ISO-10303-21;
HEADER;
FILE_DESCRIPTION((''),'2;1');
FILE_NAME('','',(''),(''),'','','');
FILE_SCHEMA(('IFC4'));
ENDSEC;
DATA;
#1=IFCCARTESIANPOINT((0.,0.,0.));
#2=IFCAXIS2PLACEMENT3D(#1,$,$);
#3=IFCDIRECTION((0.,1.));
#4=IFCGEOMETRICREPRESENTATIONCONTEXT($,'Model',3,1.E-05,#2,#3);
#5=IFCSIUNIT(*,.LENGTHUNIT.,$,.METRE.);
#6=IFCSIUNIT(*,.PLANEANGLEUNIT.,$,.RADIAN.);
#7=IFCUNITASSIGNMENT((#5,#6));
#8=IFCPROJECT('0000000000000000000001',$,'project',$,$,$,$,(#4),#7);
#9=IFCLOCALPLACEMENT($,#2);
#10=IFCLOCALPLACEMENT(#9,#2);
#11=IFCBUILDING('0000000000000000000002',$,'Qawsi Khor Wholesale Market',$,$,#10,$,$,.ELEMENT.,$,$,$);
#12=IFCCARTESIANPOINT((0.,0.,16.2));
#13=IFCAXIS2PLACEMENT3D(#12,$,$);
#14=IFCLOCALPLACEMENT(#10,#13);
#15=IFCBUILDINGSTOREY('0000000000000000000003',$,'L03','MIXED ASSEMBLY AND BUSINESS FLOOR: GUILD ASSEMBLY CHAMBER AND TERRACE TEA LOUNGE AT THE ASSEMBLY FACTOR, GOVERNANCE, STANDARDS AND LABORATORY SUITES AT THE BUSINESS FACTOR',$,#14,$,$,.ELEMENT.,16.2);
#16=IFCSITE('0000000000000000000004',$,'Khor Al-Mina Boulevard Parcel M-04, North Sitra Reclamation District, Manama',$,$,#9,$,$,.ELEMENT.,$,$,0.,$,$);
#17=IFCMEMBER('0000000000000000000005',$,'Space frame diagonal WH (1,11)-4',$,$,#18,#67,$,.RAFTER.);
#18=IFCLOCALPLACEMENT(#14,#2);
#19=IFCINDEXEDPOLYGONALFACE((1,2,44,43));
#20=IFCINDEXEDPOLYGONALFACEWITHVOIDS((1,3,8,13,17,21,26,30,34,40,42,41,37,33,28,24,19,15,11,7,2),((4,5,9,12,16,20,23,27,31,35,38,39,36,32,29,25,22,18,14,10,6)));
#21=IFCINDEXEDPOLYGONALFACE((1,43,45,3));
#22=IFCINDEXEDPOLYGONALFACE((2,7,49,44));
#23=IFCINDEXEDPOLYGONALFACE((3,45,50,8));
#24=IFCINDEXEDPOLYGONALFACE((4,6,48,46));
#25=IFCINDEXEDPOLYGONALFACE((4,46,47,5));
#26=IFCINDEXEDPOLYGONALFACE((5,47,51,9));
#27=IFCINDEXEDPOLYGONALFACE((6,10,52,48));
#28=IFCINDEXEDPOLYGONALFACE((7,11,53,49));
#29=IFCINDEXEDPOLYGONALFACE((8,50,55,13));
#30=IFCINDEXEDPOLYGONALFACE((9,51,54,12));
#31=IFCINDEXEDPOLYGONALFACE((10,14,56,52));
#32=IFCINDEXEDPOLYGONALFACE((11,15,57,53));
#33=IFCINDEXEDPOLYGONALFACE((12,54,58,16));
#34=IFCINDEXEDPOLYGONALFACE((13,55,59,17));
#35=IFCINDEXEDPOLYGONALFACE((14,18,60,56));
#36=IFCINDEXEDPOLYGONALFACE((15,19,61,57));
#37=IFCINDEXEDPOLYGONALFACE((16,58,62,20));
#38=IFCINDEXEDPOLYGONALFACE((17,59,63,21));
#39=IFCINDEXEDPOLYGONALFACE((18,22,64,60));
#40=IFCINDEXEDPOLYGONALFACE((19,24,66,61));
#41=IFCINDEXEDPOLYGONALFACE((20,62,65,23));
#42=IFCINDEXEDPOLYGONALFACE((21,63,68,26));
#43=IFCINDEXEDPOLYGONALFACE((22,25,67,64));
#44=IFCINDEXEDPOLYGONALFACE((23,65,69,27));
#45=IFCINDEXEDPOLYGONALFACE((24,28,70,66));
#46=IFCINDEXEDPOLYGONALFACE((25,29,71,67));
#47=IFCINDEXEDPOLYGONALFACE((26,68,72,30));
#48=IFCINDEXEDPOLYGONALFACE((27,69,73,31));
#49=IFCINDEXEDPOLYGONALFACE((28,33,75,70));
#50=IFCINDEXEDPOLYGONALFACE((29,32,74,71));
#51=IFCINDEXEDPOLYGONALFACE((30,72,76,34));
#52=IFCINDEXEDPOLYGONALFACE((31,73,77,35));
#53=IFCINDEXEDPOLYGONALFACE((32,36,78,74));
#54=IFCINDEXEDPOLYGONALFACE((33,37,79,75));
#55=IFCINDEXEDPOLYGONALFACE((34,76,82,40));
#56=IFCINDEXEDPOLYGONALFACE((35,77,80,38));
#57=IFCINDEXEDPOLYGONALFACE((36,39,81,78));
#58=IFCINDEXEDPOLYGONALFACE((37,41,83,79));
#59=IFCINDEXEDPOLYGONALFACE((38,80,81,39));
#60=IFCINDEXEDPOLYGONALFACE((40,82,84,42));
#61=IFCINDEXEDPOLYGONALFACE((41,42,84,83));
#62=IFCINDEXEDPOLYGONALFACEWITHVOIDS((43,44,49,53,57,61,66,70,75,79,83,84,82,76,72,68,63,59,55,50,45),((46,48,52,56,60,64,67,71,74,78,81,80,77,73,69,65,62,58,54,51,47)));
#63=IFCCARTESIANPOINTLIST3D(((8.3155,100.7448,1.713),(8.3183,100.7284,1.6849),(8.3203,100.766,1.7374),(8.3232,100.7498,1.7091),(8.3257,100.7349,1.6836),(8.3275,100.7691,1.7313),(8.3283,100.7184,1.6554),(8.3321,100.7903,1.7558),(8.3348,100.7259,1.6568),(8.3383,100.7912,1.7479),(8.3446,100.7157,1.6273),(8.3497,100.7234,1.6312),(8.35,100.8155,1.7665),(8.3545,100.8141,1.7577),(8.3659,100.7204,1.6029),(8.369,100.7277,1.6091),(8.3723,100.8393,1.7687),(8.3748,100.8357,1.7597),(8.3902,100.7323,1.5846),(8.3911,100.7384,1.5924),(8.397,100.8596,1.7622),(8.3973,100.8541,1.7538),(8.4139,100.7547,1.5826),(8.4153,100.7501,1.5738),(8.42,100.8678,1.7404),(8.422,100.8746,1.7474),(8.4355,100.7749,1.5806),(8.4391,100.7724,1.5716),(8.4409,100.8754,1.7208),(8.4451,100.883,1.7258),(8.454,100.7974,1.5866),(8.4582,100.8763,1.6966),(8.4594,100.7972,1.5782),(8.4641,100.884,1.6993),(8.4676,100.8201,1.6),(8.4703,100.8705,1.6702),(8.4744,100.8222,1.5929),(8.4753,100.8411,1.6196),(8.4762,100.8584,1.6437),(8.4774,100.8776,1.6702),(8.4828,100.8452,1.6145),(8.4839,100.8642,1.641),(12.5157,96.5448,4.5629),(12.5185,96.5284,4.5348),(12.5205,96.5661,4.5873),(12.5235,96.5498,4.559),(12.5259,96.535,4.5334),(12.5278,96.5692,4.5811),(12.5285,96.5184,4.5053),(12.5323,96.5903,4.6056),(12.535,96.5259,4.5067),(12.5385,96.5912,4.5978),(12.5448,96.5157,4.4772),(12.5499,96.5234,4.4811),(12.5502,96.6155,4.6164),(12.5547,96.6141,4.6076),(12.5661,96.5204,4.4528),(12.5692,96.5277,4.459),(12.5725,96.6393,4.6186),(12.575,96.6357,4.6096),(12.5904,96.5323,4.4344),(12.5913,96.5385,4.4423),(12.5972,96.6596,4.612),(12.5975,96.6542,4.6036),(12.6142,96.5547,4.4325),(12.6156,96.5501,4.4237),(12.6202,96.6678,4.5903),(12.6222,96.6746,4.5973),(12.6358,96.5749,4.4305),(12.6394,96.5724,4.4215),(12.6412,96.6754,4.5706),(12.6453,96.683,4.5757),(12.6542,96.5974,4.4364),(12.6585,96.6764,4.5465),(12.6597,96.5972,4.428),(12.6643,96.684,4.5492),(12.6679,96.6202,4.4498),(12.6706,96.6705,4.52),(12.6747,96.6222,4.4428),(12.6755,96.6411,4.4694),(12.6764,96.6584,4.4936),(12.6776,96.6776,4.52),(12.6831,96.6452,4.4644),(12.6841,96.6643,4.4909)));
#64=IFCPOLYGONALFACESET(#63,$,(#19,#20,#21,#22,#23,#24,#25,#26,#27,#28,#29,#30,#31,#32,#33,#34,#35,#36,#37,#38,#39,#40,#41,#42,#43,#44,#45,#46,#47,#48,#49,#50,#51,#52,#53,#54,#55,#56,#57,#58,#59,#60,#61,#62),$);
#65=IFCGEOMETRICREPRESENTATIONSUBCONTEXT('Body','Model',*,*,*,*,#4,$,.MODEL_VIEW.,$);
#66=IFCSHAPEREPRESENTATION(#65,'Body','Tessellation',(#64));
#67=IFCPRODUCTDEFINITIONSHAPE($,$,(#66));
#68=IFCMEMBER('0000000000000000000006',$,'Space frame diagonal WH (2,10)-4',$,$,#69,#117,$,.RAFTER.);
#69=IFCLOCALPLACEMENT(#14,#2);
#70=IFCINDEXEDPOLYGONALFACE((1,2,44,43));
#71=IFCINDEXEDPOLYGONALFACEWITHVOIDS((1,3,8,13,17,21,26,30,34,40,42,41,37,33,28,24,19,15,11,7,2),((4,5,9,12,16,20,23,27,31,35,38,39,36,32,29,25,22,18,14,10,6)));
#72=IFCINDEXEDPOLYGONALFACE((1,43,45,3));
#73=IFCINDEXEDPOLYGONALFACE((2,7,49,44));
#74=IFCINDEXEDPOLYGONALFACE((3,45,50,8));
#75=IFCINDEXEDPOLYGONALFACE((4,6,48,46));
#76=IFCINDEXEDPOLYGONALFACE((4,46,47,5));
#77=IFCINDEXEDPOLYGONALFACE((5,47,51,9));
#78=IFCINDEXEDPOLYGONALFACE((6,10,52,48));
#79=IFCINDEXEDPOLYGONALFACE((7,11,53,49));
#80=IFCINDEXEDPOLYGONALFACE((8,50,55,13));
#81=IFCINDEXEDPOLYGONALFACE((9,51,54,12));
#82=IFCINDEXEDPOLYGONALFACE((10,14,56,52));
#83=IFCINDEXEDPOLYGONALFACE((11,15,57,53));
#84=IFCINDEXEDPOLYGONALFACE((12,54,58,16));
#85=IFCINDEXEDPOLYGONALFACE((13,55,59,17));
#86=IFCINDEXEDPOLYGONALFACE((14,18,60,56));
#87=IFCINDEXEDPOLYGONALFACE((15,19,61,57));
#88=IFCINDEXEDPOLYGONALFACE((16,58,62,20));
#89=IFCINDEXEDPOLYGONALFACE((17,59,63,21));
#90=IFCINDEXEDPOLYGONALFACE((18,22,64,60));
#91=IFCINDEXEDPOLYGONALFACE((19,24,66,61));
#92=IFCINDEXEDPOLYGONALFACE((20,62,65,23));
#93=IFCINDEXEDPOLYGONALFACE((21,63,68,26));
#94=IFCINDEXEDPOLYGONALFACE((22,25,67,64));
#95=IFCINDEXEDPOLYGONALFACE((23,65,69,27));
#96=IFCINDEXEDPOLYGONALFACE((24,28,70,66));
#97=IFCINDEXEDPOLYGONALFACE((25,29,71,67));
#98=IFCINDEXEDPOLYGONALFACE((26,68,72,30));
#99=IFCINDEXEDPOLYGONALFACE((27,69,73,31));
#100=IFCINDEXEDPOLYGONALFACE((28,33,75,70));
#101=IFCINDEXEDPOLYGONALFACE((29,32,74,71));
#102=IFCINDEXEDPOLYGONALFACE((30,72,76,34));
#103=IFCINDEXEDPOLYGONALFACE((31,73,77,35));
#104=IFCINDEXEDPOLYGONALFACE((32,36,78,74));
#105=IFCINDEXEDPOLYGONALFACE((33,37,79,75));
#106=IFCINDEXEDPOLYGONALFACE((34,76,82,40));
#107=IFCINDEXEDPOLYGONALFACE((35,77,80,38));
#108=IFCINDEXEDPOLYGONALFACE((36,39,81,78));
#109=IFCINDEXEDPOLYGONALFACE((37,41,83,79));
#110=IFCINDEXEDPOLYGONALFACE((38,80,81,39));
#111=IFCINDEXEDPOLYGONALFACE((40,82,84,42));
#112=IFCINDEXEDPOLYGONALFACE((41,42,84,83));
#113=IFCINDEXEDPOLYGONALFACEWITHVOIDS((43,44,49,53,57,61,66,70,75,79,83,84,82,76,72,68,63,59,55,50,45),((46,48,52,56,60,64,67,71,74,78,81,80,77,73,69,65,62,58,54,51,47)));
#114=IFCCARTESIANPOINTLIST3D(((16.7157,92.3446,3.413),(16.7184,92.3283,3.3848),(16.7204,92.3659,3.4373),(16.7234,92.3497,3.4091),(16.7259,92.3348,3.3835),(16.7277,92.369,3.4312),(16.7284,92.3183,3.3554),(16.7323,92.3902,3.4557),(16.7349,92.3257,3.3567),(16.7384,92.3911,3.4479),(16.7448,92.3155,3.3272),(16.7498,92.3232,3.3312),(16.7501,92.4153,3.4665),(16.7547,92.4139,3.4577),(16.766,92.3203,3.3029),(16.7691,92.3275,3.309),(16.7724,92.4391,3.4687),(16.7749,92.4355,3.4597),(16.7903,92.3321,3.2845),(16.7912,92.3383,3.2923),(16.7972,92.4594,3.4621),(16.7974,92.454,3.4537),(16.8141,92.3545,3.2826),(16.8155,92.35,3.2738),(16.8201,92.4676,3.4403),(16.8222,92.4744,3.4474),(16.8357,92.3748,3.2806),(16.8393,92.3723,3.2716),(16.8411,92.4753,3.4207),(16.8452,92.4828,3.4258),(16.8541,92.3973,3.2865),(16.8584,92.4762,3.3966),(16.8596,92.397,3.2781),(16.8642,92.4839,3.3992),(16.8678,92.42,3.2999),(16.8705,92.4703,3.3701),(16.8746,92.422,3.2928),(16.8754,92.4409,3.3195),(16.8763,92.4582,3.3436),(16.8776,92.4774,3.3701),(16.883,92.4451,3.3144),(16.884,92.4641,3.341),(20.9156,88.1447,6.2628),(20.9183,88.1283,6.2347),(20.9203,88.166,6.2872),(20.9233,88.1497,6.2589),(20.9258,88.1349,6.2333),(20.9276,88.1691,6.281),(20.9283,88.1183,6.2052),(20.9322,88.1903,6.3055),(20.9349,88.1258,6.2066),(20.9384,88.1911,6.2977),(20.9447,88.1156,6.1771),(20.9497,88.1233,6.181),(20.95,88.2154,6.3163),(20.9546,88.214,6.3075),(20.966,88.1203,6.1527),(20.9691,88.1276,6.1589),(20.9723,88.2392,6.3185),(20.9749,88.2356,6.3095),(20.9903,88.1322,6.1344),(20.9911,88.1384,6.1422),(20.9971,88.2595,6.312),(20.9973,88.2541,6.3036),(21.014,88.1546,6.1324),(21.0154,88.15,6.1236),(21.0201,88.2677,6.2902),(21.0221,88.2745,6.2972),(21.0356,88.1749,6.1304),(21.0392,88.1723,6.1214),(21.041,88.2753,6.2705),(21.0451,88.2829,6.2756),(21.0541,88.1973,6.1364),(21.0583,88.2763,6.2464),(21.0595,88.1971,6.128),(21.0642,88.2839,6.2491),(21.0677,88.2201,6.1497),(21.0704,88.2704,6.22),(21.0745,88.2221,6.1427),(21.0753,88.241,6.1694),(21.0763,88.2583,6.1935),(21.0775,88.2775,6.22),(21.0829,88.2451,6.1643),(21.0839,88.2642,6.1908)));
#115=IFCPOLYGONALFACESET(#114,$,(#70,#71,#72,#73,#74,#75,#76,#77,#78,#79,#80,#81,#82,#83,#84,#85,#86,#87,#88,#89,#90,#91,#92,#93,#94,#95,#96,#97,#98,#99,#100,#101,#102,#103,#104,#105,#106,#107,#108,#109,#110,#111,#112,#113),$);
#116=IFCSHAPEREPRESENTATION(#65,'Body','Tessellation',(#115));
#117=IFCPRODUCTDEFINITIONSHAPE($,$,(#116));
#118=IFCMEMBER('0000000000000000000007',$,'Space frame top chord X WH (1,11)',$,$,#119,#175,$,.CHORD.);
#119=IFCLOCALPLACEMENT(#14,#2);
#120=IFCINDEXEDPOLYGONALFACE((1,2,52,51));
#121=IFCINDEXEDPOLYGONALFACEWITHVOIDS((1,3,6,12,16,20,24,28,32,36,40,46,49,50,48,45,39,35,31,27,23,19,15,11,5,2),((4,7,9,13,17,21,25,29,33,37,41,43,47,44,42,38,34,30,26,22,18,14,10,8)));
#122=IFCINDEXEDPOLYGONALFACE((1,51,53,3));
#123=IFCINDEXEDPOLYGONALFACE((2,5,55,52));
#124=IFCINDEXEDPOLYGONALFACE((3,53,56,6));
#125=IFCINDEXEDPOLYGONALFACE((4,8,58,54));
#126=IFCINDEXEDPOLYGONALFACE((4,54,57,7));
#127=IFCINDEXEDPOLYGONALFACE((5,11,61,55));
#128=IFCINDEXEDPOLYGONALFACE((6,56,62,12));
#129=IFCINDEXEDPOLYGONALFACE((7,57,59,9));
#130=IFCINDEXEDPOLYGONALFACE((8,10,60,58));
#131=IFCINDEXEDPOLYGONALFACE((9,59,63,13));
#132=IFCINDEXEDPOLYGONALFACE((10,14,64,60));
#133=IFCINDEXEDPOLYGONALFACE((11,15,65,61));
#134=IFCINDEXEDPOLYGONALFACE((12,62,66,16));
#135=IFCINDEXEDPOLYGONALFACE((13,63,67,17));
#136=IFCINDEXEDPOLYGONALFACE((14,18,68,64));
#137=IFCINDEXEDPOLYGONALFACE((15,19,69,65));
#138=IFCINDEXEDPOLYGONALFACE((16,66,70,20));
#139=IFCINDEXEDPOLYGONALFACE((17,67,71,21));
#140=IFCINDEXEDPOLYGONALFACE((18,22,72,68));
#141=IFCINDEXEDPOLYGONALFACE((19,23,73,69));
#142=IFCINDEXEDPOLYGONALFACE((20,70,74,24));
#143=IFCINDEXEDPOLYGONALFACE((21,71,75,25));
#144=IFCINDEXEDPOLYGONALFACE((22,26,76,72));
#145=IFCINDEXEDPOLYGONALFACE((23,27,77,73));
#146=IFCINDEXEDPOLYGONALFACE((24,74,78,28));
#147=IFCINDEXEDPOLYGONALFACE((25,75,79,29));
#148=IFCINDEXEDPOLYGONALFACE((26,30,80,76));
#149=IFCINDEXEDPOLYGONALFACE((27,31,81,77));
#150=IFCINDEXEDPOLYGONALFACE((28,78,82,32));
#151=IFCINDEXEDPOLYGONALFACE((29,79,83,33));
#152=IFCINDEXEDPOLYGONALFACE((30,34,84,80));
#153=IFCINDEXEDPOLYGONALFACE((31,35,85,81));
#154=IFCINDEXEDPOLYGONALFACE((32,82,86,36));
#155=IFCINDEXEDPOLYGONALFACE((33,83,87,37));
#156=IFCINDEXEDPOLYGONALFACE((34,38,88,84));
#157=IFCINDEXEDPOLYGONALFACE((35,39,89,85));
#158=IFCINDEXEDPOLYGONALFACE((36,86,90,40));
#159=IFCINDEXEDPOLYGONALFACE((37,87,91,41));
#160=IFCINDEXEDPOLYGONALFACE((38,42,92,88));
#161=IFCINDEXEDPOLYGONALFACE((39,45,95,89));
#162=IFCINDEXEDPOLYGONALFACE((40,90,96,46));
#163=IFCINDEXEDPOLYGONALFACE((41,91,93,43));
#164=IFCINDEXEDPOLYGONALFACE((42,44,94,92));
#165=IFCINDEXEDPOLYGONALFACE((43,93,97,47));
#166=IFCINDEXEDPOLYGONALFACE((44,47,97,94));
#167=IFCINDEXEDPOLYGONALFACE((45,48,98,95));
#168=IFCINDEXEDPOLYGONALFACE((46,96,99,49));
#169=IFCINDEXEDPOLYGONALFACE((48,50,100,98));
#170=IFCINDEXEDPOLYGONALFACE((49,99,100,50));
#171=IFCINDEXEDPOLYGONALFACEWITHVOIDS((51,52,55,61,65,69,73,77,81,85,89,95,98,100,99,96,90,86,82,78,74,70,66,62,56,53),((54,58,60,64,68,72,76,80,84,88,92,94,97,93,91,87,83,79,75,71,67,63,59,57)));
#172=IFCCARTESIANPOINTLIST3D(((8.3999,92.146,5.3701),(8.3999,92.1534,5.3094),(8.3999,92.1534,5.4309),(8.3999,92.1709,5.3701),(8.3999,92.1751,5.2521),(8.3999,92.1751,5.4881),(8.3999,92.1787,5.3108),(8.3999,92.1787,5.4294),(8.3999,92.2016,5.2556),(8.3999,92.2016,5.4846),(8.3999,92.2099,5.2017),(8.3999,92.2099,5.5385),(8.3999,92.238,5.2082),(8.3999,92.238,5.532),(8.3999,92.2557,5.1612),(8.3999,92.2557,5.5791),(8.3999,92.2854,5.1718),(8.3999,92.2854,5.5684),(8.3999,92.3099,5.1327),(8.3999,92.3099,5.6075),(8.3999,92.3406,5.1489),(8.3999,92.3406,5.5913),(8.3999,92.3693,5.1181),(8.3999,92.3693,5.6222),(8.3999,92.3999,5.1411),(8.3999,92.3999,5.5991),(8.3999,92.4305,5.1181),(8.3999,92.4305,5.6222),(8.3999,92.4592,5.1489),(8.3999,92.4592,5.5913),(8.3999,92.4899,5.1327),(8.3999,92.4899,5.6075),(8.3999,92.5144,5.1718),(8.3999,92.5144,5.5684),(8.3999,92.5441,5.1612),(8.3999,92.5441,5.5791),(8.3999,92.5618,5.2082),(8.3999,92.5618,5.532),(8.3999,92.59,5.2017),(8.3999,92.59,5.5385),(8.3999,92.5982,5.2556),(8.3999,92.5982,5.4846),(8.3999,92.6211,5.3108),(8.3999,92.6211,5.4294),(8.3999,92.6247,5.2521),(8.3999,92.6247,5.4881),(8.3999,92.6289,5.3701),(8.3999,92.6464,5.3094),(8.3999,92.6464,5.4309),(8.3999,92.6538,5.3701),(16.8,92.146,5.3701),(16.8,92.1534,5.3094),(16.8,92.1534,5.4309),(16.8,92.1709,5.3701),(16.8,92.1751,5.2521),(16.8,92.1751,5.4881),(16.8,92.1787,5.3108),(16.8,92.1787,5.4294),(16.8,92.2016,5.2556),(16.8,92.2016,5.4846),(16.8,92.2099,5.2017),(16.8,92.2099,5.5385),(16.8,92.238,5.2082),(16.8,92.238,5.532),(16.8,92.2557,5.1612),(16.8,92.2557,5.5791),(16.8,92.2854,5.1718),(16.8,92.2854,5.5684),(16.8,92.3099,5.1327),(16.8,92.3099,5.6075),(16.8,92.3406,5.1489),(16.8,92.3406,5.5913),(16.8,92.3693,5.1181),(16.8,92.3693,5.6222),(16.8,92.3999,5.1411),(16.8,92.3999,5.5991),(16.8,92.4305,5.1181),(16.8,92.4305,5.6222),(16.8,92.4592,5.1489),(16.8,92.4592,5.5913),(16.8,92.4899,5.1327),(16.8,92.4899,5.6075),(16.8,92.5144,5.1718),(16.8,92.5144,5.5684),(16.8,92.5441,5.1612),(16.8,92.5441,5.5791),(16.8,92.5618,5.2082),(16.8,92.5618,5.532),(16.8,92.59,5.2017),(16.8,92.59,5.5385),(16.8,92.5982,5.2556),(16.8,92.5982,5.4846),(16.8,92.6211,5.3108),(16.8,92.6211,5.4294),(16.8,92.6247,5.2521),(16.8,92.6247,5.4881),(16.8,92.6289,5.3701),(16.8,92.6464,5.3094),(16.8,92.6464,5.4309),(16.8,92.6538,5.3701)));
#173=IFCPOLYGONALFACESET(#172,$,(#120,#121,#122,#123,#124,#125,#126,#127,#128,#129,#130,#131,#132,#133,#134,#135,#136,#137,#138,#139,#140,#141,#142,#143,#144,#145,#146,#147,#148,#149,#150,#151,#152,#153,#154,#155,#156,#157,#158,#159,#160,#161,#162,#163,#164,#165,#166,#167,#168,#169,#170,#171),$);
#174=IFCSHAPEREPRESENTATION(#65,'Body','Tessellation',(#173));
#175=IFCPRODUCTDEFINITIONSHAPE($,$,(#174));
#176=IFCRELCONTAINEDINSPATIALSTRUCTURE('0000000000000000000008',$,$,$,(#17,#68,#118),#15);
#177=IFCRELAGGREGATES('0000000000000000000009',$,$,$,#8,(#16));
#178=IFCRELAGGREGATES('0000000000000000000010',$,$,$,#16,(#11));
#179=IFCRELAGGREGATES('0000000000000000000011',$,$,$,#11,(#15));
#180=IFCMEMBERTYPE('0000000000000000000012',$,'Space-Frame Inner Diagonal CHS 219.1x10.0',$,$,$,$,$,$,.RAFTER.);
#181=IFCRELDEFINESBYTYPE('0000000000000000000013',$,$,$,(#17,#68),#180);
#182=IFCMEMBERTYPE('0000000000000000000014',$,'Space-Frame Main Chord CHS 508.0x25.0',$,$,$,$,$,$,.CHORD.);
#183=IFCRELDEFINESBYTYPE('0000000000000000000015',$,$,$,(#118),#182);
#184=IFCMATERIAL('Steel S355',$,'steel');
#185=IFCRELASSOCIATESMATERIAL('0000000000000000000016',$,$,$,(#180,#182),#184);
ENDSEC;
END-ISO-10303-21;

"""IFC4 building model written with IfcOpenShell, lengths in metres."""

from ifc_helpers import new_model, si_unit, direction, frame, origin, origin_2d, place, context, subcontext, project, spatial, hollow_circle, extrude, material, material_profile, profile_set, type_object, element, save


model = new_model("IFC4")

# Units and contexts
model_context = context("Model", 3, precision=1e-05, world=origin(), true_north=direction((0.0, 1.0)))
body_context = subcontext(model_context, "Body", "Model", "MODEL_VIEW")
ifc_project = project(units=[si_unit("LENGTHUNIT", "METRE"), si_unit("PLANEANGLEUNIT", "RADIAN")], contexts=[model_context])

# Site, building, storey
site_placement = place(None, origin())
site = spatial("IfcSite", under=ifc_project, at=site_placement, Name="Khor Al-Mina Boulevard Parcel M-04, North Sitra Reclamation District, Manama", CompositionType="ELEMENT", RefElevation=0.0)
building_placement = place(site_placement, origin())
building = spatial("IfcBuilding", under=site, at=building_placement, Name="Qawsi Khor Wholesale Market", CompositionType="ELEMENT")
storey_placement = place(building_placement, frame((0.0, 0.0, 16.2)))
storey = spatial("IfcBuildingStorey", under=building, at=storey_placement, Name="L03", Description="MIXED ASSEMBLY AND BUSINESS FLOOR: GUILD ASSEMBLY CHAMBER AND TERRACE TEA LOUNGE AT THE ASSEMBLY FACTOR, GOVERNANCE, STANDARDS AND LABORATORY SUITES AT THE BUSINESS FACTOR", CompositionType="ELEMENT", Elevation=16.2)

# Members
ifc_material_1 = material(Name="Steel S355", Category="steel")
ifc_material_profile_1 = material_profile(ifc_material_1, hollow_circle(Radius=0.1096, WallThickness=0.01, at=origin_2d()), Name="CHS 219.1x10.0")
ifc_profile_set_1 = profile_set([ifc_material_profile_1], Name="Steel S355")
member_type_1 = type_object("IfcMemberType", Name="Space-Frame Inner Diagonal CHS 219.1x10.0", PredefinedType="RAFTER", material=ifc_profile_set_1)
member_1_placement = place(storey_placement, frame((8.3999, 100.8, 1.6702), z_axis=(0.637544, -0.637507, 0.432577), x_axis=(0.707086, 0.707127, 0.0)))
element("IfcMember", 1, at=member_1_placement, inside=storey, type_object=member_type_1, Name="Space frame diagonal WH (1,11)-4", PredefinedType="RAFTER", context=body_context, shape_type="SweptSolid", body=[
    extrude(hollow_circle(Radius=0.1096, WallThickness=0.01, at=origin_2d()), origin(), (0.0, 0.0, 1.0), 6.5881),
])
member_2_placement = place(storey_placement, frame((16.8, 92.3999, 3.3701), z_axis=(0.637522, -0.637522, 0.432587), x_axis=(0.707107, 0.707107, 0.0)))
element("IfcMember", 2, at=member_2_placement, inside=storey, type_object=member_type_1, Name="Space frame diagonal WH (2,10)-4", PredefinedType="RAFTER", context=body_context, shape_type="SweptSolid", body=[
    extrude(hollow_circle(Radius=0.1096, WallThickness=0.01, at=origin_2d()), origin(), (0.0, 0.0, 1.0), 6.5879),
])
ifc_material_profile_2 = material_profile(ifc_material_1, hollow_circle(Radius=0.2539, WallThickness=0.0249, at=origin_2d()), Name="CHS 508.0x25.0")
ifc_profile_set_2 = profile_set([ifc_material_profile_2], Name="Steel S355")
member_type_2 = type_object("IfcMemberType", Name="Space-Frame Main Chord CHS 508.0x25.0", PredefinedType="CHORD", material=ifc_profile_set_2)
member_3_placement = place(storey_placement, frame((8.3999, 92.3999, 5.3701), z_axis=(1.0, 0.0, 0.0), x_axis=(0.0, 1.0, 0.0)))
element("IfcMember", 3, at=member_3_placement, inside=storey, type_object=member_type_2, Name="Space frame top chord X WH (1,11)", PredefinedType="CHORD", context=body_context, shape_type="SweptSolid", body=[
    extrude(hollow_circle(Radius=0.2539, WallThickness=0.0249, at=origin_2d()), origin(), (0.0, 0.0, 1.0), 8.4001),
])

save(model, "model.ifc")
